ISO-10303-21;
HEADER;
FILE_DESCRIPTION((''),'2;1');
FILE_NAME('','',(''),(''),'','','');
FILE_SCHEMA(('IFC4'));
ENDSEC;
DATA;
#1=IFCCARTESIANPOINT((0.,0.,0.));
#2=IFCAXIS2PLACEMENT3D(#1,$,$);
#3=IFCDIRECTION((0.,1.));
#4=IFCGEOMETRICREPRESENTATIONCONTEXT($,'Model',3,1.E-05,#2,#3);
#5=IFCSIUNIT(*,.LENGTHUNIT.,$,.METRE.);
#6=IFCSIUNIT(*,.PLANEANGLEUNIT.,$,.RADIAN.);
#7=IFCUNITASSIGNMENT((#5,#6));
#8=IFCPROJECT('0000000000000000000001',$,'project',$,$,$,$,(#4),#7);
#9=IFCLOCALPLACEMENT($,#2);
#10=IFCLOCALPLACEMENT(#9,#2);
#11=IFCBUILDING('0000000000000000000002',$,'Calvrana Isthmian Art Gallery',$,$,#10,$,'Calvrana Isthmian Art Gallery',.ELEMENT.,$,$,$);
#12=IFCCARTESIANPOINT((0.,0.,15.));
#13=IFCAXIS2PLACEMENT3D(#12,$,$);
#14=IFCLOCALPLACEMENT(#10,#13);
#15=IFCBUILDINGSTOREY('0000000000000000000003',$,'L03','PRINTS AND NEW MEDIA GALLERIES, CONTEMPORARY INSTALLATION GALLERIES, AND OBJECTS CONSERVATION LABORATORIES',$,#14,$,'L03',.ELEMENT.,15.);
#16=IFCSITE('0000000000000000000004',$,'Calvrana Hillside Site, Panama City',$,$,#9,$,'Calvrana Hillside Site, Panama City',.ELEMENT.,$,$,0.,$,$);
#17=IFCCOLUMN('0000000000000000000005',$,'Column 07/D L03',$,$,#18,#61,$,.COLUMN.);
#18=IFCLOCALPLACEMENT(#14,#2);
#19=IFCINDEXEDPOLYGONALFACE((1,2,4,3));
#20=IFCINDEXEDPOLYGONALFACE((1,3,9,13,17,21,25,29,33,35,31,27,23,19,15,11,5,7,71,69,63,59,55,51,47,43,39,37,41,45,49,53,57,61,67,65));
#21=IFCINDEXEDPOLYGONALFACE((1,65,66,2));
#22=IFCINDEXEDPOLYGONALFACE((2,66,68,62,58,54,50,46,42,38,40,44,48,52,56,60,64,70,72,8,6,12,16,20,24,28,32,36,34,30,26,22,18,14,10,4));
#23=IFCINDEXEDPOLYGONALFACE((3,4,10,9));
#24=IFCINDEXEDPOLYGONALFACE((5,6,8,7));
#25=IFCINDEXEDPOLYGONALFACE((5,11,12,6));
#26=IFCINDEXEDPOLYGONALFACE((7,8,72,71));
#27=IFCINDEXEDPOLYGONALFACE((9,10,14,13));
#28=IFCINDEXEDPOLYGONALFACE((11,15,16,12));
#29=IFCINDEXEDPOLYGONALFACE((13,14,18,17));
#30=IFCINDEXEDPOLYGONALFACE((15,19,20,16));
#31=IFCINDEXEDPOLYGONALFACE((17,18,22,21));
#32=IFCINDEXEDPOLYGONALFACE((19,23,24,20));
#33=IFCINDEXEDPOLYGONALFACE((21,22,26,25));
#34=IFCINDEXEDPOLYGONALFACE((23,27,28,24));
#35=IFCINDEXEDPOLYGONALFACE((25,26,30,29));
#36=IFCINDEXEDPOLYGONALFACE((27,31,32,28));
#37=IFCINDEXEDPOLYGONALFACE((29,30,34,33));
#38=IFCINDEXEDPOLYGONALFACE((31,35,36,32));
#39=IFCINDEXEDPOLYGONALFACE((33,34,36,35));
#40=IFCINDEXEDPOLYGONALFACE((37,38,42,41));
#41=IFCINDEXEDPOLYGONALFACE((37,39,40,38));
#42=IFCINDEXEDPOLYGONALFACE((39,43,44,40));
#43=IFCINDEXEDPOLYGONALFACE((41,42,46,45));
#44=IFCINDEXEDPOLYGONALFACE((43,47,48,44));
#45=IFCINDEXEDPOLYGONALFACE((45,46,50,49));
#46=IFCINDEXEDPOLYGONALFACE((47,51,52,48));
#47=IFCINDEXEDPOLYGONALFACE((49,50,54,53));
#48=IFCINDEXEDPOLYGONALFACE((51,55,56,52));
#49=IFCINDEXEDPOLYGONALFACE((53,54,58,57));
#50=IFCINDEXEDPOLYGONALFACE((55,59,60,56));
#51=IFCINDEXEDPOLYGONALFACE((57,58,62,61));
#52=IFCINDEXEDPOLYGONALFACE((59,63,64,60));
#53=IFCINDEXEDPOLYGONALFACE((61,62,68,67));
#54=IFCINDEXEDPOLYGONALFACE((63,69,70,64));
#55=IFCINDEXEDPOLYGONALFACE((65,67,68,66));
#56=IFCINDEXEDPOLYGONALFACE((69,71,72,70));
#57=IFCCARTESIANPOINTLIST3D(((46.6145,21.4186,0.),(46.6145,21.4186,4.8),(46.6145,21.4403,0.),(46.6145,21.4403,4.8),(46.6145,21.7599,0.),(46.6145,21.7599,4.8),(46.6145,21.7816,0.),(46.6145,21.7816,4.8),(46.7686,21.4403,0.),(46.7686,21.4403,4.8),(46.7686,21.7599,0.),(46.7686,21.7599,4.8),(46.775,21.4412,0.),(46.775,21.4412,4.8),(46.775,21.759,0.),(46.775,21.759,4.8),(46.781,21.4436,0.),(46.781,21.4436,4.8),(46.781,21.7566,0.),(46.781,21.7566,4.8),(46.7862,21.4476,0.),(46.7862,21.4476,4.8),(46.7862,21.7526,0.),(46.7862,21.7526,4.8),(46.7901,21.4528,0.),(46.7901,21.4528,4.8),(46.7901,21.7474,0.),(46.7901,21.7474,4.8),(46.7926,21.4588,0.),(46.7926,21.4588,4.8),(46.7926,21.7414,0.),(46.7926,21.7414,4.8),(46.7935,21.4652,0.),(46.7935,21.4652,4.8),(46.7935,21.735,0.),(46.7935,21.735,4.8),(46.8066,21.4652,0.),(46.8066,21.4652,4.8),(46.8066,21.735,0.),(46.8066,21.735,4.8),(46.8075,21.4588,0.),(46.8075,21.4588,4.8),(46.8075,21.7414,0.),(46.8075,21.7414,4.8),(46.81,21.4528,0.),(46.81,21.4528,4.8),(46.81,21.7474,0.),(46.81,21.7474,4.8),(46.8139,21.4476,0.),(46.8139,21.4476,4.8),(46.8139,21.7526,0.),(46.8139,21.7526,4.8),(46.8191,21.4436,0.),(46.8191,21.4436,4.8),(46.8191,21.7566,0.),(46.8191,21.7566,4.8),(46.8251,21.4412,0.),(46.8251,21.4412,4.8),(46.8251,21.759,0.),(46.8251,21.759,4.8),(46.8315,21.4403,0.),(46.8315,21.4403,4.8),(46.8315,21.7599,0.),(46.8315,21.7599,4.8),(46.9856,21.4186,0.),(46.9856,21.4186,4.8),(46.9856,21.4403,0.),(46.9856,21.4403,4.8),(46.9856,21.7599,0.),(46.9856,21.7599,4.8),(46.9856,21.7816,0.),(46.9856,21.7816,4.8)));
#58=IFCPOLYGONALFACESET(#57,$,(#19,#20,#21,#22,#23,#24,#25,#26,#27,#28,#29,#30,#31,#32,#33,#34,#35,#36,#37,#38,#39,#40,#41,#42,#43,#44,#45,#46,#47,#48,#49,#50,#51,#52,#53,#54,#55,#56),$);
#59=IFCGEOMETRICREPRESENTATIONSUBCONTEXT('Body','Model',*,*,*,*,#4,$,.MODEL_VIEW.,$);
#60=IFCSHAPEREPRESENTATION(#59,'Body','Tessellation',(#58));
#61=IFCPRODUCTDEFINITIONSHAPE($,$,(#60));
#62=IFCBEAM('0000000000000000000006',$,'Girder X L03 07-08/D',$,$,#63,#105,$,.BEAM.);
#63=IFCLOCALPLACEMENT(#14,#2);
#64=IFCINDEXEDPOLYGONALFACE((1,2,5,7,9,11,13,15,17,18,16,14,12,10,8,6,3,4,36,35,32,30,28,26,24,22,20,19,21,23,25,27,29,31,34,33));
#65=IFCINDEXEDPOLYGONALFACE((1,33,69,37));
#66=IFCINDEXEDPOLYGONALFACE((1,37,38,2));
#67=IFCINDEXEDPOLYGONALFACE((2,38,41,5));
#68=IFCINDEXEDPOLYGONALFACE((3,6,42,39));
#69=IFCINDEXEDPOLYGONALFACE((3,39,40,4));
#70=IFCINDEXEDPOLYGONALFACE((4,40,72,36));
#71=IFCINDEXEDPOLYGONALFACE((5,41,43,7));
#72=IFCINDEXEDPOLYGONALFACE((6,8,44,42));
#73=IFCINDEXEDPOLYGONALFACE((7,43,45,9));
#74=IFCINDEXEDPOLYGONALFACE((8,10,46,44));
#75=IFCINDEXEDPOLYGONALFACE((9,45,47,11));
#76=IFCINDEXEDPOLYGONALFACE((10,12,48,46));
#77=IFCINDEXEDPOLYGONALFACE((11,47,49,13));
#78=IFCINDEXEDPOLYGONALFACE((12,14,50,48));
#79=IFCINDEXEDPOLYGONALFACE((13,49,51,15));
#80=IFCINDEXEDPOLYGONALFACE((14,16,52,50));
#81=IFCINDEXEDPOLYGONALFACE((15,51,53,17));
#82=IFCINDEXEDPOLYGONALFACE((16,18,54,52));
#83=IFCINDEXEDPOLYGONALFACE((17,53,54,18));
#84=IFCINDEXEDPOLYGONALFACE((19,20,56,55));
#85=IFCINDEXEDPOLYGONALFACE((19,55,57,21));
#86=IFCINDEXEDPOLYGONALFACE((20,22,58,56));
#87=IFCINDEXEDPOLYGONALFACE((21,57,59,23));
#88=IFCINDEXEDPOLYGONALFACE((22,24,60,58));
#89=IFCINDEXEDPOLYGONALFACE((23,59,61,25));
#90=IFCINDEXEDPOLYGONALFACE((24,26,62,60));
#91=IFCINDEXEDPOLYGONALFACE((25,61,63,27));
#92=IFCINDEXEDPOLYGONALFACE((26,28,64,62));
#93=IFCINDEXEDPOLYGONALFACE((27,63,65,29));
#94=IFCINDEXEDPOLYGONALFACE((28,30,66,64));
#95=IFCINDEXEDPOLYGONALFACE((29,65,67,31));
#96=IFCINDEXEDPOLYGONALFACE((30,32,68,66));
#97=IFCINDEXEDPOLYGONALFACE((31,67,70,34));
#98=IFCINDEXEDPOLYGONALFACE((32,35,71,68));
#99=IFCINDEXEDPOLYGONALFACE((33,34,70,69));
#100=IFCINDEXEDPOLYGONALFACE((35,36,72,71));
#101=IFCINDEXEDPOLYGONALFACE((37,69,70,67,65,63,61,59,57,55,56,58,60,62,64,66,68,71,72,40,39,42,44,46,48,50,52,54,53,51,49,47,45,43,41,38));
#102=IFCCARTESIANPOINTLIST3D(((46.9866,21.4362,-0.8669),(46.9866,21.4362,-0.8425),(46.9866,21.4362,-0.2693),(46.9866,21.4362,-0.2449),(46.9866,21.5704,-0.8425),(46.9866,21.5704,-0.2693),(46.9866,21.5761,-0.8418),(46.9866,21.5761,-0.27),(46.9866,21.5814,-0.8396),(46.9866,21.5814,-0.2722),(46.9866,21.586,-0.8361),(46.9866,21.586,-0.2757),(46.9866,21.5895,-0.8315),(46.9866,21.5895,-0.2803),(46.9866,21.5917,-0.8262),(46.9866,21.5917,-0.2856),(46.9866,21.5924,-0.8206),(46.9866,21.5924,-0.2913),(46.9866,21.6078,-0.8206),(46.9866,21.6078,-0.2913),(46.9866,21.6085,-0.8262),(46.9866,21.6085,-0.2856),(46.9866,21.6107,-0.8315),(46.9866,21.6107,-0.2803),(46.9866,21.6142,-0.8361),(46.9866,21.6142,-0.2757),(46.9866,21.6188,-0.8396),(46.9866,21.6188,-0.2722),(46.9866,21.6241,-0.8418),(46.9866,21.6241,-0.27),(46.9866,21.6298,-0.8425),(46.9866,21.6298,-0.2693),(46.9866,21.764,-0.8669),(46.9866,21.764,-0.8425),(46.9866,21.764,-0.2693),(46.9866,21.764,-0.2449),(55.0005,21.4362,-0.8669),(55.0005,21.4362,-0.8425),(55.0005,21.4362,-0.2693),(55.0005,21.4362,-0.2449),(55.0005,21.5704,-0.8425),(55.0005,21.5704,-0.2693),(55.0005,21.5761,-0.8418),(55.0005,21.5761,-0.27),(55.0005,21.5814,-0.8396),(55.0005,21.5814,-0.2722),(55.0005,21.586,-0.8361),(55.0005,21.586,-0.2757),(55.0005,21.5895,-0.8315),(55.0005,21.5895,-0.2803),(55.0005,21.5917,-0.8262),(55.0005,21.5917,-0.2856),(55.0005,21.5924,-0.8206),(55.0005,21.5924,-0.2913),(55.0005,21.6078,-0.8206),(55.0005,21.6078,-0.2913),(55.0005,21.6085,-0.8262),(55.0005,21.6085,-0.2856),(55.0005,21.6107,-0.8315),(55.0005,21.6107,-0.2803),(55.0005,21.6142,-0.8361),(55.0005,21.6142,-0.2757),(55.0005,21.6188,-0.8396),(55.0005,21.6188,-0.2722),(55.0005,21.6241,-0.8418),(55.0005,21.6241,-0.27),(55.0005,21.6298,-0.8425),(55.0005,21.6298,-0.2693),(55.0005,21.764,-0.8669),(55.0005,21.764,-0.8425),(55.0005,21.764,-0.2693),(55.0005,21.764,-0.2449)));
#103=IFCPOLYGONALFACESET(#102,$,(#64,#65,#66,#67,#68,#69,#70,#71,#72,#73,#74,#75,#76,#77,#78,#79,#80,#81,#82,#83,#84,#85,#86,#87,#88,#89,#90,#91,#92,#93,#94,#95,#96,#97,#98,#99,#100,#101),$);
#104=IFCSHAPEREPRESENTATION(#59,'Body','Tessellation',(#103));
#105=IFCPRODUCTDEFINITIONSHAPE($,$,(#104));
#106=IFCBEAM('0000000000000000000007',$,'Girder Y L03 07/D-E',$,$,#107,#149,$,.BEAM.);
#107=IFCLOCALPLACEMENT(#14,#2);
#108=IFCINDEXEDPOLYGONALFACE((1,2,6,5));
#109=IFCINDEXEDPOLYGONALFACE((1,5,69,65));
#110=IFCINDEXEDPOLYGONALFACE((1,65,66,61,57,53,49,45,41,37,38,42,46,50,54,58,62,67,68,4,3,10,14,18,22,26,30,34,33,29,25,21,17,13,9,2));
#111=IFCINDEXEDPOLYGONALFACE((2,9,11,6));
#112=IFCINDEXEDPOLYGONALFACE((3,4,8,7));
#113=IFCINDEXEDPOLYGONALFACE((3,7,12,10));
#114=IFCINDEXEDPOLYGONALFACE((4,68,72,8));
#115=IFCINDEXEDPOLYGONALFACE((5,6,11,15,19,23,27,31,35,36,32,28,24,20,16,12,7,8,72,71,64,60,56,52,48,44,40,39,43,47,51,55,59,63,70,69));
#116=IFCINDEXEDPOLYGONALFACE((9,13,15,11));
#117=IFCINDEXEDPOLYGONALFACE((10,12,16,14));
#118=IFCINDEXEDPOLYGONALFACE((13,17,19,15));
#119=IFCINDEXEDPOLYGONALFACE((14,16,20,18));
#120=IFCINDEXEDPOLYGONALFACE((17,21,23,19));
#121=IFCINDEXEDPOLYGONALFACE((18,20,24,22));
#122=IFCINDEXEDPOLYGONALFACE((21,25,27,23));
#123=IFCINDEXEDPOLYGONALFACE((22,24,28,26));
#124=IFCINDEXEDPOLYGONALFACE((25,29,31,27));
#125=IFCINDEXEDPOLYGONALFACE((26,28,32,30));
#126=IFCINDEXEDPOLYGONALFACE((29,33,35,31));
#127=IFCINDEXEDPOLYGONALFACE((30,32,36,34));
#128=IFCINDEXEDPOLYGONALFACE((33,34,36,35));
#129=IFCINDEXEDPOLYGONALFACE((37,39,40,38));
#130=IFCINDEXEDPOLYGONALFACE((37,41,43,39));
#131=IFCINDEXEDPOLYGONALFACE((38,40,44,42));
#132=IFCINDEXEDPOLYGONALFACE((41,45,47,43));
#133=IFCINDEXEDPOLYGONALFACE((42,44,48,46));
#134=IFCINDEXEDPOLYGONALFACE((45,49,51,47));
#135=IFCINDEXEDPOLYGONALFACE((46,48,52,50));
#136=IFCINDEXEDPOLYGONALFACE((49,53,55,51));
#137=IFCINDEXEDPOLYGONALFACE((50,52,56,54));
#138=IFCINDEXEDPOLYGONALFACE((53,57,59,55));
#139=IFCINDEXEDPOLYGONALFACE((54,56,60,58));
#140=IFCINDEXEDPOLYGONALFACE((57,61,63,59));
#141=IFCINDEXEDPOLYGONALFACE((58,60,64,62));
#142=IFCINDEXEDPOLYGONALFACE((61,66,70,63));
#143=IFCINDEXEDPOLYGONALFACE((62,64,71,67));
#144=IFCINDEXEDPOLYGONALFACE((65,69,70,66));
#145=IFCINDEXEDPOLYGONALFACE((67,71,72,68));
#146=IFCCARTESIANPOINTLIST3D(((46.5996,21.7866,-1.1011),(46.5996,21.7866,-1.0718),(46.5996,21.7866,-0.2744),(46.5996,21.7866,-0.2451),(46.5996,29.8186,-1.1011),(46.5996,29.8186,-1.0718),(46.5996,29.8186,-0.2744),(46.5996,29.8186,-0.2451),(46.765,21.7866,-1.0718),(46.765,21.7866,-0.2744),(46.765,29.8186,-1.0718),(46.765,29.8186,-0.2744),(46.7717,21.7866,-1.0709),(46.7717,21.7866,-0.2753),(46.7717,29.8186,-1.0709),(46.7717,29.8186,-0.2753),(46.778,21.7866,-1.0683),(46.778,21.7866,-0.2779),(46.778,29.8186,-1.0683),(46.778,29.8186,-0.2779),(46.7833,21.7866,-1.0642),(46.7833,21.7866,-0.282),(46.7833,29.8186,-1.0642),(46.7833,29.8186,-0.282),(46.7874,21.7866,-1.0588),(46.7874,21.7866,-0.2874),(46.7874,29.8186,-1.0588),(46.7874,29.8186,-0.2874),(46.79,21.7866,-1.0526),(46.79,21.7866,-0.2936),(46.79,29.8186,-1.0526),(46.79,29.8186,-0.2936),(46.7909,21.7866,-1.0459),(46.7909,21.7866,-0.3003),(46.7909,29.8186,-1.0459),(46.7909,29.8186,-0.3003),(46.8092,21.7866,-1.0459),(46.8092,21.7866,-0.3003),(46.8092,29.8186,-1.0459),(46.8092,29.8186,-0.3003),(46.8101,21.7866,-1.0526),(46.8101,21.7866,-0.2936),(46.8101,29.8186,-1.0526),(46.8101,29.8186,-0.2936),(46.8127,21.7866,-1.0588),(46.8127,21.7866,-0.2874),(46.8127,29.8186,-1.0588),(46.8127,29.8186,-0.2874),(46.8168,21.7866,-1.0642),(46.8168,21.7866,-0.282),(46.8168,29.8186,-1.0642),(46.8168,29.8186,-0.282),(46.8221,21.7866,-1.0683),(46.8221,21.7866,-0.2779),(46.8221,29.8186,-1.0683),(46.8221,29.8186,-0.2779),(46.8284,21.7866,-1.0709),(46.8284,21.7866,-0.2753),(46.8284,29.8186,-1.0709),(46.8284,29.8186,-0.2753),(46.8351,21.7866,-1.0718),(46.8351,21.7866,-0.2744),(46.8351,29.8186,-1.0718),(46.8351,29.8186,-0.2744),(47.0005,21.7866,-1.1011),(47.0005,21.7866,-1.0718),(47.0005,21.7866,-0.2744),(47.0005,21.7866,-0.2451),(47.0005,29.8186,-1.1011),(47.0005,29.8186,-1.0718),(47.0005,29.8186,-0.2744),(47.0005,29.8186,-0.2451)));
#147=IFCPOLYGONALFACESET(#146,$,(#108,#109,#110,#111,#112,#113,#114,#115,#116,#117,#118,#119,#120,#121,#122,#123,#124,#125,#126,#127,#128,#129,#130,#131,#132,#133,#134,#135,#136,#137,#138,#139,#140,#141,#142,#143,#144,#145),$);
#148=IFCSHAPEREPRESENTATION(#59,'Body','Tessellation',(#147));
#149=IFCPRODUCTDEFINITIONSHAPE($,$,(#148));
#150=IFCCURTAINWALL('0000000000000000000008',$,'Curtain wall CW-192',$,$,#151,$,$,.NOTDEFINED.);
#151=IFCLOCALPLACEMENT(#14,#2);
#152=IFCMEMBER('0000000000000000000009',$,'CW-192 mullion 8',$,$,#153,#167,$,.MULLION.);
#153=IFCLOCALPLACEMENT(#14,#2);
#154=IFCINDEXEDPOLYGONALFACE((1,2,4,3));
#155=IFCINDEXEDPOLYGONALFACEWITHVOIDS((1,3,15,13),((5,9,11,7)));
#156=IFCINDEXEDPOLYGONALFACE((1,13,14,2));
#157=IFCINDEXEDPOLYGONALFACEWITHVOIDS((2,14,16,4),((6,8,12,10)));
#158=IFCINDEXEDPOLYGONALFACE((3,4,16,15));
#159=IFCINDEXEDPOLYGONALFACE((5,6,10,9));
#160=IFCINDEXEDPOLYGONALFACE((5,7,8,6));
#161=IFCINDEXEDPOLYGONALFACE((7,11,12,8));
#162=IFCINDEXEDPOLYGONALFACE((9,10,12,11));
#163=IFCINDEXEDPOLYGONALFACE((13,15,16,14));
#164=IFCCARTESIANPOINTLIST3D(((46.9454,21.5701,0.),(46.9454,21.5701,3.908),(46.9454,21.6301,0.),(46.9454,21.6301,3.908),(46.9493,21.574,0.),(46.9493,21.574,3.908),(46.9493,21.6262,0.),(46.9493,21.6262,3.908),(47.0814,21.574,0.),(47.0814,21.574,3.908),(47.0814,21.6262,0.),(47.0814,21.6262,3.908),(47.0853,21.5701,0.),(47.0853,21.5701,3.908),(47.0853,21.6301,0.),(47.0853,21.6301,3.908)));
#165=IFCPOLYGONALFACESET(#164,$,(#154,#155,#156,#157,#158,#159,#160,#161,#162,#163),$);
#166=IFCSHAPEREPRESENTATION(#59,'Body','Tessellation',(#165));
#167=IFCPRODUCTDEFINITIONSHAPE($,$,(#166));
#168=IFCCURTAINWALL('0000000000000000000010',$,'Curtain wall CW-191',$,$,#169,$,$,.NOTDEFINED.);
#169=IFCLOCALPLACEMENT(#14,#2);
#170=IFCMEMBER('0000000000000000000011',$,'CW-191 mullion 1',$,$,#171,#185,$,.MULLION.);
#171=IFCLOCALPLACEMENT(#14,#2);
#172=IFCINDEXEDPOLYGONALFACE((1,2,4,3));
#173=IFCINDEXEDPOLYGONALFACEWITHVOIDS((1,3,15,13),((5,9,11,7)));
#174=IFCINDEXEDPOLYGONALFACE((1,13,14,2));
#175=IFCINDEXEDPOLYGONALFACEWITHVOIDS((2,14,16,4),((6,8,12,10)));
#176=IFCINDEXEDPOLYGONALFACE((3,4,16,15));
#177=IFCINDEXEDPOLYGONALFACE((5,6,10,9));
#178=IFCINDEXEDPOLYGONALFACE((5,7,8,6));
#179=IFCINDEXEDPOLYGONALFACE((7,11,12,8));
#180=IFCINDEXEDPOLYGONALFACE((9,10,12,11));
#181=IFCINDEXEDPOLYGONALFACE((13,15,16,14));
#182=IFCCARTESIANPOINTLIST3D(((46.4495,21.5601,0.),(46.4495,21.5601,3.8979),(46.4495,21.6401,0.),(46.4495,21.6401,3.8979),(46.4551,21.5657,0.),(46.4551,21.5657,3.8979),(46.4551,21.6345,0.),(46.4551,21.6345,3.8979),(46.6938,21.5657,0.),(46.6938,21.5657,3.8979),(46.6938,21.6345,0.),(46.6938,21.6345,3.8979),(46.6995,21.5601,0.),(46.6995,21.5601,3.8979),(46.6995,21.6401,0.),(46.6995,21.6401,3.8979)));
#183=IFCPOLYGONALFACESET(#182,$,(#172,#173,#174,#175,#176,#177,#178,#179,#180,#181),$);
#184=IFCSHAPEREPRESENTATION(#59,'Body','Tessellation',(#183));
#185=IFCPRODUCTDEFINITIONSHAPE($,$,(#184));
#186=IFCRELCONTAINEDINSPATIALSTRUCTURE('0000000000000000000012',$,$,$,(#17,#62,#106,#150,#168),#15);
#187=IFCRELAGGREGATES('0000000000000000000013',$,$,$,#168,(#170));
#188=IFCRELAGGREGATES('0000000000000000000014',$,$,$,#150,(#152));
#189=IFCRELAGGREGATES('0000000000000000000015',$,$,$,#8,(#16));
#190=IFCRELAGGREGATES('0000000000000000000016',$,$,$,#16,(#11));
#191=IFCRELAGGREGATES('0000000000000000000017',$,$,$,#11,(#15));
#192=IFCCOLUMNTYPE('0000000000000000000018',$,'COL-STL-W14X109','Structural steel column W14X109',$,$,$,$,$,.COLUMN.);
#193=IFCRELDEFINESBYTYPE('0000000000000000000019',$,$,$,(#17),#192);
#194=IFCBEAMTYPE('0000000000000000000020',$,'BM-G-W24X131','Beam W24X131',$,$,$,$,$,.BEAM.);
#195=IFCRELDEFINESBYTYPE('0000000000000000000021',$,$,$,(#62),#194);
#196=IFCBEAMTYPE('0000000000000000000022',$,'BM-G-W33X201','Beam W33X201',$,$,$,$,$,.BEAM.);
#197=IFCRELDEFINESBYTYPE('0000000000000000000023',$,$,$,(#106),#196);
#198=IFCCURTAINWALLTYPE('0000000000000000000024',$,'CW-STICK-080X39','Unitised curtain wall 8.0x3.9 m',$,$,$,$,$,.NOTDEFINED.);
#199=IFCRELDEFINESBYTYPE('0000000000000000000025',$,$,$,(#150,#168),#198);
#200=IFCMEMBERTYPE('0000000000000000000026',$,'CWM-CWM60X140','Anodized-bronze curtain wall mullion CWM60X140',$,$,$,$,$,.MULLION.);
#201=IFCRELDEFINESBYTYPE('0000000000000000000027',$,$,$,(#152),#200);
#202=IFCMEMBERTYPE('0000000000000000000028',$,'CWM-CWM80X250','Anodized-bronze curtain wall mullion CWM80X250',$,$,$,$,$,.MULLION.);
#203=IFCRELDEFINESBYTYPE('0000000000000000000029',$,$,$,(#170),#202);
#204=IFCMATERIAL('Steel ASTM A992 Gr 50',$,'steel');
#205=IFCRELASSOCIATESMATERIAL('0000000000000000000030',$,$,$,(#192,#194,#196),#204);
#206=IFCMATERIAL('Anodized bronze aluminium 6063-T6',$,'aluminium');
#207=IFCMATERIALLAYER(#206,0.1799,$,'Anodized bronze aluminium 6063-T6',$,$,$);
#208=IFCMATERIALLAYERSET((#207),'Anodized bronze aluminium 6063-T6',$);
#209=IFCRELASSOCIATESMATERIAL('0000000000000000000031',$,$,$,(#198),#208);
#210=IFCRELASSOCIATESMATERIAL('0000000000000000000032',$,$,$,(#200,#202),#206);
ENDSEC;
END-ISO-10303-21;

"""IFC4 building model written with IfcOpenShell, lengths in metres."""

from ifc_helpers import new_model, si_unit, direction, frame, origin, origin_2d, place, context, subcontext, project, spatial, hollow_rectangle, i_section, extrude, material, layer, layer_set, material_profile, profile_set, type_object, element, aggregate, save


model = new_model("IFC4")

# Units and contexts
model_context = context("Model", 3, precision=1e-05, world=origin(), true_north=direction((0.0, 1.0)))
body_context = subcontext(model_context, "Body", "Model", "MODEL_VIEW")
ifc_project = project(units=[si_unit("LENGTHUNIT", "METRE"), si_unit("PLANEANGLEUNIT", "RADIAN")], contexts=[model_context])

# Site, building, storey
site_placement = place(None, origin())
site = spatial("IfcSite", under=ifc_project, at=site_placement, Name="Calvrana Hillside Site, Panama City", LongName="Calvrana Hillside Site, Panama City", CompositionType="ELEMENT", RefElevation=0.0)
building_placement = place(site_placement, origin())
building = spatial("IfcBuilding", under=site, at=building_placement, Name="Calvrana Isthmian Art Gallery", LongName="Calvrana Isthmian Art Gallery", CompositionType="ELEMENT")
storey_placement = place(building_placement, frame((0.0, 0.0, 15.0)))
storey = spatial("IfcBuildingStorey", under=building, at=storey_placement, Name="L03", Description="PRINTS AND NEW MEDIA GALLERIES, CONTEMPORARY INSTALLATION GALLERIES, AND OBJECTS CONSERVATION LABORATORIES", LongName="L03", CompositionType="ELEMENT", Elevation=15.0)

# Column
ifc_material_1 = material(Name="Steel ASTM A992 Gr 50", Category="steel")
ifc_material_profile_1 = material_profile(ifc_material_1, i_section(OverallWidth=0.3711, OverallDepth=0.363, WebThickness=0.0132, FlangeThickness=0.0217, FilletRadius=0.0249, at=origin_2d()), Name="W14X109")
ifc_profile_set_1 = profile_set([ifc_material_profile_1], Name="Steel ASTM A992 Gr 50")
column_type = type_object("IfcColumnType", Name="COL-STL-W14X109", Description="Structural steel column W14X109", PredefinedType="COLUMN", material=ifc_profile_set_1)
column_placement = place(storey_placement, frame((46.8, 21.6001, 0.0), z_axis=(0.0, 0.0, 1.0), x_axis=(1.0, 0.0, 0.0)))
element("IfcColumn", 1, at=column_placement, inside=storey, type_object=column_type, Name="Column 07/D L03", PredefinedType="COLUMN", context=body_context, shape_type="SweptSolid", body=[
    extrude(i_section(OverallWidth=0.3711, OverallDepth=0.363, WebThickness=0.0132, FlangeThickness=0.0217, FilletRadius=0.0249, at=origin_2d()), origin(), (0.0, 0.0, 1.0), 4.8),
])

# Beams
ifc_material_profile_2 = material_profile(ifc_material_1, i_section(OverallWidth=0.3279, OverallDepth=0.6221, WebThickness=0.0154, FlangeThickness=0.0244, FilletRadius=0.022, at=origin_2d()), Name="W24X131")
ifc_profile_set_2 = profile_set([ifc_material_profile_2], Name="Steel ASTM A992 Gr 50")
beam_type_1 = type_object("IfcBeamType", Name="BM-G-W24X131", Description="Beam W24X131", PredefinedType="BEAM", material=ifc_profile_set_2)
beam_1_placement = place(storey_placement, frame((46.9866, 21.6001, -0.5559), z_axis=(1.0, 0.0, 0.0), x_axis=(0.0, 1.0, 0.0)))
element("IfcBeam", 2, at=beam_1_placement, inside=storey, type_object=beam_type_1, Name="Girder X L03 07-08/D", PredefinedType="BEAM", context=body_context, shape_type="SweptSolid", body=[
    extrude(i_section(OverallWidth=0.3279, OverallDepth=0.6221, WebThickness=0.0154, FlangeThickness=0.0244, FilletRadius=0.022, at=origin_2d()), origin(), (0.0, 0.0, 1.0), 8.0139),
])
ifc_material_profile_3 = material_profile(ifc_material_1, i_section(OverallWidth=0.4009, OverallDepth=0.856, WebThickness=0.0183, FlangeThickness=0.0293, FilletRadius=0.0259, at=origin_2d()), Name="W33X201")
ifc_profile_set_3 = profile_set([ifc_material_profile_3], Name="Steel ASTM A992 Gr 50")
beam_type_2 = type_object("IfcBeamType", Name="BM-G-W33X201", Description="Beam W33X201", PredefinedType="BEAM", material=ifc_profile_set_3)
beam_2_placement = place(storey_placement, frame((46.8, 21.7866, -0.6731), z_axis=(0.0, 1.0, 0.0), x_axis=(-1.0, 0.0, 0.0)))
element("IfcBeam", 3, at=beam_2_placement, inside=storey, type_object=beam_type_2, Name="Girder Y L03 07/D-E", PredefinedType="BEAM", context=body_context, shape_type="SweptSolid", body=[
    extrude(i_section(OverallWidth=0.4009, OverallDepth=0.856, WebThickness=0.0183, FlangeThickness=0.0293, FilletRadius=0.0259, at=origin_2d()), origin(), (0.0, 0.0, 1.0), 8.032),
])

# Curtain wall, member
ifc_material_2 = material(Name="Anodized bronze aluminium 6063-T6", Category="aluminium")
ifc_layer_1 = layer(ifc_material_2, 0.1799, Name="Anodized bronze aluminium 6063-T6")
ifc_layer_set_1 = layer_set([ifc_layer_1], Name="Anodized bronze aluminium 6063-T6")
curtain_wall_type = type_object("IfcCurtainWallType", Name="CW-STICK-080X39", Description="Unitised curtain wall 8.0x3.9 m", PredefinedType="NOTDEFINED", material=ifc_layer_set_1)
curtain_wall_1_placement = place(storey_placement, origin())
curtain_wall_1 = element("IfcCurtainWall", 4, at=curtain_wall_1_placement, inside=storey, type_object=curtain_wall_type, Name="Curtain wall CW-192", PredefinedType="NOTDEFINED")
ifc_material_profile_4 = material_profile(ifc_material_2, hollow_rectangle(XDim=0.0601, YDim=0.1399, WallThickness=0.0039, at=origin_2d()), Name="CWM60X140")
ifc_profile_set_4 = profile_set([ifc_material_profile_4], Name="Anodized bronze aluminium 6063-T6")
member_type_1 = type_object("IfcMemberType", Name="CWM-CWM60X140", Description="Anodized-bronze curtain wall mullion CWM60X140", PredefinedType="MULLION", material=ifc_profile_set_4)
member_1_placement = place(storey_placement, frame((47.0154, 21.6001, 0.0), z_axis=(0.0, 0.0, 1.0), x_axis=(0.0, -1.0, 0.0)))
member_1 = element("IfcMember", 5, at=member_1_placement, type_object=member_type_1, Name="CW-192 mullion 8", PredefinedType="MULLION", context=body_context, shape_type="SweptSolid", body=[
    extrude(hollow_rectangle(XDim=0.0601, YDim=0.1399, WallThickness=0.0039, at=origin_2d()), origin(), (0.0, 0.0, 1.0), 3.908),
])

# Curtain wall, member
curtain_wall_2_placement = place(storey_placement, origin())
curtain_wall_2 = element("IfcCurtainWall", 6, at=curtain_wall_2_placement, inside=storey, type_object=curtain_wall_type, Name="Curtain wall CW-191", PredefinedType="NOTDEFINED")
ifc_material_profile_5 = material_profile(ifc_material_2, hollow_rectangle(XDim=0.0801, YDim=0.25, WallThickness=0.0056, at=origin_2d()), Name="CWM80X250")
ifc_profile_set_5 = profile_set([ifc_material_profile_5], Name="Anodized bronze aluminium 6063-T6")
member_type_2 = type_object("IfcMemberType", Name="CWM-CWM80X250", Description="Anodized-bronze curtain wall mullion CWM80X250", PredefinedType="MULLION", material=ifc_profile_set_5)
member_2_placement = place(storey_placement, frame((46.5745, 21.6001, 0.0), z_axis=(0.0, 0.0, 1.0), x_axis=(0.0, -1.0, 0.0)))
member_2 = element("IfcMember", 7, at=member_2_placement, type_object=member_type_2, Name="CW-191 mullion 1", PredefinedType="MULLION", context=body_context, shape_type="SweptSolid", body=[
    extrude(hollow_rectangle(XDim=0.0801, YDim=0.25, WallThickness=0.0056, at=origin_2d()), origin(), (0.0, 0.0, 1.0), 3.8979),
])

aggregate(curtain_wall_2, [member_2])
aggregate(curtain_wall_1, [member_1])

save(model, "model.ifc")
